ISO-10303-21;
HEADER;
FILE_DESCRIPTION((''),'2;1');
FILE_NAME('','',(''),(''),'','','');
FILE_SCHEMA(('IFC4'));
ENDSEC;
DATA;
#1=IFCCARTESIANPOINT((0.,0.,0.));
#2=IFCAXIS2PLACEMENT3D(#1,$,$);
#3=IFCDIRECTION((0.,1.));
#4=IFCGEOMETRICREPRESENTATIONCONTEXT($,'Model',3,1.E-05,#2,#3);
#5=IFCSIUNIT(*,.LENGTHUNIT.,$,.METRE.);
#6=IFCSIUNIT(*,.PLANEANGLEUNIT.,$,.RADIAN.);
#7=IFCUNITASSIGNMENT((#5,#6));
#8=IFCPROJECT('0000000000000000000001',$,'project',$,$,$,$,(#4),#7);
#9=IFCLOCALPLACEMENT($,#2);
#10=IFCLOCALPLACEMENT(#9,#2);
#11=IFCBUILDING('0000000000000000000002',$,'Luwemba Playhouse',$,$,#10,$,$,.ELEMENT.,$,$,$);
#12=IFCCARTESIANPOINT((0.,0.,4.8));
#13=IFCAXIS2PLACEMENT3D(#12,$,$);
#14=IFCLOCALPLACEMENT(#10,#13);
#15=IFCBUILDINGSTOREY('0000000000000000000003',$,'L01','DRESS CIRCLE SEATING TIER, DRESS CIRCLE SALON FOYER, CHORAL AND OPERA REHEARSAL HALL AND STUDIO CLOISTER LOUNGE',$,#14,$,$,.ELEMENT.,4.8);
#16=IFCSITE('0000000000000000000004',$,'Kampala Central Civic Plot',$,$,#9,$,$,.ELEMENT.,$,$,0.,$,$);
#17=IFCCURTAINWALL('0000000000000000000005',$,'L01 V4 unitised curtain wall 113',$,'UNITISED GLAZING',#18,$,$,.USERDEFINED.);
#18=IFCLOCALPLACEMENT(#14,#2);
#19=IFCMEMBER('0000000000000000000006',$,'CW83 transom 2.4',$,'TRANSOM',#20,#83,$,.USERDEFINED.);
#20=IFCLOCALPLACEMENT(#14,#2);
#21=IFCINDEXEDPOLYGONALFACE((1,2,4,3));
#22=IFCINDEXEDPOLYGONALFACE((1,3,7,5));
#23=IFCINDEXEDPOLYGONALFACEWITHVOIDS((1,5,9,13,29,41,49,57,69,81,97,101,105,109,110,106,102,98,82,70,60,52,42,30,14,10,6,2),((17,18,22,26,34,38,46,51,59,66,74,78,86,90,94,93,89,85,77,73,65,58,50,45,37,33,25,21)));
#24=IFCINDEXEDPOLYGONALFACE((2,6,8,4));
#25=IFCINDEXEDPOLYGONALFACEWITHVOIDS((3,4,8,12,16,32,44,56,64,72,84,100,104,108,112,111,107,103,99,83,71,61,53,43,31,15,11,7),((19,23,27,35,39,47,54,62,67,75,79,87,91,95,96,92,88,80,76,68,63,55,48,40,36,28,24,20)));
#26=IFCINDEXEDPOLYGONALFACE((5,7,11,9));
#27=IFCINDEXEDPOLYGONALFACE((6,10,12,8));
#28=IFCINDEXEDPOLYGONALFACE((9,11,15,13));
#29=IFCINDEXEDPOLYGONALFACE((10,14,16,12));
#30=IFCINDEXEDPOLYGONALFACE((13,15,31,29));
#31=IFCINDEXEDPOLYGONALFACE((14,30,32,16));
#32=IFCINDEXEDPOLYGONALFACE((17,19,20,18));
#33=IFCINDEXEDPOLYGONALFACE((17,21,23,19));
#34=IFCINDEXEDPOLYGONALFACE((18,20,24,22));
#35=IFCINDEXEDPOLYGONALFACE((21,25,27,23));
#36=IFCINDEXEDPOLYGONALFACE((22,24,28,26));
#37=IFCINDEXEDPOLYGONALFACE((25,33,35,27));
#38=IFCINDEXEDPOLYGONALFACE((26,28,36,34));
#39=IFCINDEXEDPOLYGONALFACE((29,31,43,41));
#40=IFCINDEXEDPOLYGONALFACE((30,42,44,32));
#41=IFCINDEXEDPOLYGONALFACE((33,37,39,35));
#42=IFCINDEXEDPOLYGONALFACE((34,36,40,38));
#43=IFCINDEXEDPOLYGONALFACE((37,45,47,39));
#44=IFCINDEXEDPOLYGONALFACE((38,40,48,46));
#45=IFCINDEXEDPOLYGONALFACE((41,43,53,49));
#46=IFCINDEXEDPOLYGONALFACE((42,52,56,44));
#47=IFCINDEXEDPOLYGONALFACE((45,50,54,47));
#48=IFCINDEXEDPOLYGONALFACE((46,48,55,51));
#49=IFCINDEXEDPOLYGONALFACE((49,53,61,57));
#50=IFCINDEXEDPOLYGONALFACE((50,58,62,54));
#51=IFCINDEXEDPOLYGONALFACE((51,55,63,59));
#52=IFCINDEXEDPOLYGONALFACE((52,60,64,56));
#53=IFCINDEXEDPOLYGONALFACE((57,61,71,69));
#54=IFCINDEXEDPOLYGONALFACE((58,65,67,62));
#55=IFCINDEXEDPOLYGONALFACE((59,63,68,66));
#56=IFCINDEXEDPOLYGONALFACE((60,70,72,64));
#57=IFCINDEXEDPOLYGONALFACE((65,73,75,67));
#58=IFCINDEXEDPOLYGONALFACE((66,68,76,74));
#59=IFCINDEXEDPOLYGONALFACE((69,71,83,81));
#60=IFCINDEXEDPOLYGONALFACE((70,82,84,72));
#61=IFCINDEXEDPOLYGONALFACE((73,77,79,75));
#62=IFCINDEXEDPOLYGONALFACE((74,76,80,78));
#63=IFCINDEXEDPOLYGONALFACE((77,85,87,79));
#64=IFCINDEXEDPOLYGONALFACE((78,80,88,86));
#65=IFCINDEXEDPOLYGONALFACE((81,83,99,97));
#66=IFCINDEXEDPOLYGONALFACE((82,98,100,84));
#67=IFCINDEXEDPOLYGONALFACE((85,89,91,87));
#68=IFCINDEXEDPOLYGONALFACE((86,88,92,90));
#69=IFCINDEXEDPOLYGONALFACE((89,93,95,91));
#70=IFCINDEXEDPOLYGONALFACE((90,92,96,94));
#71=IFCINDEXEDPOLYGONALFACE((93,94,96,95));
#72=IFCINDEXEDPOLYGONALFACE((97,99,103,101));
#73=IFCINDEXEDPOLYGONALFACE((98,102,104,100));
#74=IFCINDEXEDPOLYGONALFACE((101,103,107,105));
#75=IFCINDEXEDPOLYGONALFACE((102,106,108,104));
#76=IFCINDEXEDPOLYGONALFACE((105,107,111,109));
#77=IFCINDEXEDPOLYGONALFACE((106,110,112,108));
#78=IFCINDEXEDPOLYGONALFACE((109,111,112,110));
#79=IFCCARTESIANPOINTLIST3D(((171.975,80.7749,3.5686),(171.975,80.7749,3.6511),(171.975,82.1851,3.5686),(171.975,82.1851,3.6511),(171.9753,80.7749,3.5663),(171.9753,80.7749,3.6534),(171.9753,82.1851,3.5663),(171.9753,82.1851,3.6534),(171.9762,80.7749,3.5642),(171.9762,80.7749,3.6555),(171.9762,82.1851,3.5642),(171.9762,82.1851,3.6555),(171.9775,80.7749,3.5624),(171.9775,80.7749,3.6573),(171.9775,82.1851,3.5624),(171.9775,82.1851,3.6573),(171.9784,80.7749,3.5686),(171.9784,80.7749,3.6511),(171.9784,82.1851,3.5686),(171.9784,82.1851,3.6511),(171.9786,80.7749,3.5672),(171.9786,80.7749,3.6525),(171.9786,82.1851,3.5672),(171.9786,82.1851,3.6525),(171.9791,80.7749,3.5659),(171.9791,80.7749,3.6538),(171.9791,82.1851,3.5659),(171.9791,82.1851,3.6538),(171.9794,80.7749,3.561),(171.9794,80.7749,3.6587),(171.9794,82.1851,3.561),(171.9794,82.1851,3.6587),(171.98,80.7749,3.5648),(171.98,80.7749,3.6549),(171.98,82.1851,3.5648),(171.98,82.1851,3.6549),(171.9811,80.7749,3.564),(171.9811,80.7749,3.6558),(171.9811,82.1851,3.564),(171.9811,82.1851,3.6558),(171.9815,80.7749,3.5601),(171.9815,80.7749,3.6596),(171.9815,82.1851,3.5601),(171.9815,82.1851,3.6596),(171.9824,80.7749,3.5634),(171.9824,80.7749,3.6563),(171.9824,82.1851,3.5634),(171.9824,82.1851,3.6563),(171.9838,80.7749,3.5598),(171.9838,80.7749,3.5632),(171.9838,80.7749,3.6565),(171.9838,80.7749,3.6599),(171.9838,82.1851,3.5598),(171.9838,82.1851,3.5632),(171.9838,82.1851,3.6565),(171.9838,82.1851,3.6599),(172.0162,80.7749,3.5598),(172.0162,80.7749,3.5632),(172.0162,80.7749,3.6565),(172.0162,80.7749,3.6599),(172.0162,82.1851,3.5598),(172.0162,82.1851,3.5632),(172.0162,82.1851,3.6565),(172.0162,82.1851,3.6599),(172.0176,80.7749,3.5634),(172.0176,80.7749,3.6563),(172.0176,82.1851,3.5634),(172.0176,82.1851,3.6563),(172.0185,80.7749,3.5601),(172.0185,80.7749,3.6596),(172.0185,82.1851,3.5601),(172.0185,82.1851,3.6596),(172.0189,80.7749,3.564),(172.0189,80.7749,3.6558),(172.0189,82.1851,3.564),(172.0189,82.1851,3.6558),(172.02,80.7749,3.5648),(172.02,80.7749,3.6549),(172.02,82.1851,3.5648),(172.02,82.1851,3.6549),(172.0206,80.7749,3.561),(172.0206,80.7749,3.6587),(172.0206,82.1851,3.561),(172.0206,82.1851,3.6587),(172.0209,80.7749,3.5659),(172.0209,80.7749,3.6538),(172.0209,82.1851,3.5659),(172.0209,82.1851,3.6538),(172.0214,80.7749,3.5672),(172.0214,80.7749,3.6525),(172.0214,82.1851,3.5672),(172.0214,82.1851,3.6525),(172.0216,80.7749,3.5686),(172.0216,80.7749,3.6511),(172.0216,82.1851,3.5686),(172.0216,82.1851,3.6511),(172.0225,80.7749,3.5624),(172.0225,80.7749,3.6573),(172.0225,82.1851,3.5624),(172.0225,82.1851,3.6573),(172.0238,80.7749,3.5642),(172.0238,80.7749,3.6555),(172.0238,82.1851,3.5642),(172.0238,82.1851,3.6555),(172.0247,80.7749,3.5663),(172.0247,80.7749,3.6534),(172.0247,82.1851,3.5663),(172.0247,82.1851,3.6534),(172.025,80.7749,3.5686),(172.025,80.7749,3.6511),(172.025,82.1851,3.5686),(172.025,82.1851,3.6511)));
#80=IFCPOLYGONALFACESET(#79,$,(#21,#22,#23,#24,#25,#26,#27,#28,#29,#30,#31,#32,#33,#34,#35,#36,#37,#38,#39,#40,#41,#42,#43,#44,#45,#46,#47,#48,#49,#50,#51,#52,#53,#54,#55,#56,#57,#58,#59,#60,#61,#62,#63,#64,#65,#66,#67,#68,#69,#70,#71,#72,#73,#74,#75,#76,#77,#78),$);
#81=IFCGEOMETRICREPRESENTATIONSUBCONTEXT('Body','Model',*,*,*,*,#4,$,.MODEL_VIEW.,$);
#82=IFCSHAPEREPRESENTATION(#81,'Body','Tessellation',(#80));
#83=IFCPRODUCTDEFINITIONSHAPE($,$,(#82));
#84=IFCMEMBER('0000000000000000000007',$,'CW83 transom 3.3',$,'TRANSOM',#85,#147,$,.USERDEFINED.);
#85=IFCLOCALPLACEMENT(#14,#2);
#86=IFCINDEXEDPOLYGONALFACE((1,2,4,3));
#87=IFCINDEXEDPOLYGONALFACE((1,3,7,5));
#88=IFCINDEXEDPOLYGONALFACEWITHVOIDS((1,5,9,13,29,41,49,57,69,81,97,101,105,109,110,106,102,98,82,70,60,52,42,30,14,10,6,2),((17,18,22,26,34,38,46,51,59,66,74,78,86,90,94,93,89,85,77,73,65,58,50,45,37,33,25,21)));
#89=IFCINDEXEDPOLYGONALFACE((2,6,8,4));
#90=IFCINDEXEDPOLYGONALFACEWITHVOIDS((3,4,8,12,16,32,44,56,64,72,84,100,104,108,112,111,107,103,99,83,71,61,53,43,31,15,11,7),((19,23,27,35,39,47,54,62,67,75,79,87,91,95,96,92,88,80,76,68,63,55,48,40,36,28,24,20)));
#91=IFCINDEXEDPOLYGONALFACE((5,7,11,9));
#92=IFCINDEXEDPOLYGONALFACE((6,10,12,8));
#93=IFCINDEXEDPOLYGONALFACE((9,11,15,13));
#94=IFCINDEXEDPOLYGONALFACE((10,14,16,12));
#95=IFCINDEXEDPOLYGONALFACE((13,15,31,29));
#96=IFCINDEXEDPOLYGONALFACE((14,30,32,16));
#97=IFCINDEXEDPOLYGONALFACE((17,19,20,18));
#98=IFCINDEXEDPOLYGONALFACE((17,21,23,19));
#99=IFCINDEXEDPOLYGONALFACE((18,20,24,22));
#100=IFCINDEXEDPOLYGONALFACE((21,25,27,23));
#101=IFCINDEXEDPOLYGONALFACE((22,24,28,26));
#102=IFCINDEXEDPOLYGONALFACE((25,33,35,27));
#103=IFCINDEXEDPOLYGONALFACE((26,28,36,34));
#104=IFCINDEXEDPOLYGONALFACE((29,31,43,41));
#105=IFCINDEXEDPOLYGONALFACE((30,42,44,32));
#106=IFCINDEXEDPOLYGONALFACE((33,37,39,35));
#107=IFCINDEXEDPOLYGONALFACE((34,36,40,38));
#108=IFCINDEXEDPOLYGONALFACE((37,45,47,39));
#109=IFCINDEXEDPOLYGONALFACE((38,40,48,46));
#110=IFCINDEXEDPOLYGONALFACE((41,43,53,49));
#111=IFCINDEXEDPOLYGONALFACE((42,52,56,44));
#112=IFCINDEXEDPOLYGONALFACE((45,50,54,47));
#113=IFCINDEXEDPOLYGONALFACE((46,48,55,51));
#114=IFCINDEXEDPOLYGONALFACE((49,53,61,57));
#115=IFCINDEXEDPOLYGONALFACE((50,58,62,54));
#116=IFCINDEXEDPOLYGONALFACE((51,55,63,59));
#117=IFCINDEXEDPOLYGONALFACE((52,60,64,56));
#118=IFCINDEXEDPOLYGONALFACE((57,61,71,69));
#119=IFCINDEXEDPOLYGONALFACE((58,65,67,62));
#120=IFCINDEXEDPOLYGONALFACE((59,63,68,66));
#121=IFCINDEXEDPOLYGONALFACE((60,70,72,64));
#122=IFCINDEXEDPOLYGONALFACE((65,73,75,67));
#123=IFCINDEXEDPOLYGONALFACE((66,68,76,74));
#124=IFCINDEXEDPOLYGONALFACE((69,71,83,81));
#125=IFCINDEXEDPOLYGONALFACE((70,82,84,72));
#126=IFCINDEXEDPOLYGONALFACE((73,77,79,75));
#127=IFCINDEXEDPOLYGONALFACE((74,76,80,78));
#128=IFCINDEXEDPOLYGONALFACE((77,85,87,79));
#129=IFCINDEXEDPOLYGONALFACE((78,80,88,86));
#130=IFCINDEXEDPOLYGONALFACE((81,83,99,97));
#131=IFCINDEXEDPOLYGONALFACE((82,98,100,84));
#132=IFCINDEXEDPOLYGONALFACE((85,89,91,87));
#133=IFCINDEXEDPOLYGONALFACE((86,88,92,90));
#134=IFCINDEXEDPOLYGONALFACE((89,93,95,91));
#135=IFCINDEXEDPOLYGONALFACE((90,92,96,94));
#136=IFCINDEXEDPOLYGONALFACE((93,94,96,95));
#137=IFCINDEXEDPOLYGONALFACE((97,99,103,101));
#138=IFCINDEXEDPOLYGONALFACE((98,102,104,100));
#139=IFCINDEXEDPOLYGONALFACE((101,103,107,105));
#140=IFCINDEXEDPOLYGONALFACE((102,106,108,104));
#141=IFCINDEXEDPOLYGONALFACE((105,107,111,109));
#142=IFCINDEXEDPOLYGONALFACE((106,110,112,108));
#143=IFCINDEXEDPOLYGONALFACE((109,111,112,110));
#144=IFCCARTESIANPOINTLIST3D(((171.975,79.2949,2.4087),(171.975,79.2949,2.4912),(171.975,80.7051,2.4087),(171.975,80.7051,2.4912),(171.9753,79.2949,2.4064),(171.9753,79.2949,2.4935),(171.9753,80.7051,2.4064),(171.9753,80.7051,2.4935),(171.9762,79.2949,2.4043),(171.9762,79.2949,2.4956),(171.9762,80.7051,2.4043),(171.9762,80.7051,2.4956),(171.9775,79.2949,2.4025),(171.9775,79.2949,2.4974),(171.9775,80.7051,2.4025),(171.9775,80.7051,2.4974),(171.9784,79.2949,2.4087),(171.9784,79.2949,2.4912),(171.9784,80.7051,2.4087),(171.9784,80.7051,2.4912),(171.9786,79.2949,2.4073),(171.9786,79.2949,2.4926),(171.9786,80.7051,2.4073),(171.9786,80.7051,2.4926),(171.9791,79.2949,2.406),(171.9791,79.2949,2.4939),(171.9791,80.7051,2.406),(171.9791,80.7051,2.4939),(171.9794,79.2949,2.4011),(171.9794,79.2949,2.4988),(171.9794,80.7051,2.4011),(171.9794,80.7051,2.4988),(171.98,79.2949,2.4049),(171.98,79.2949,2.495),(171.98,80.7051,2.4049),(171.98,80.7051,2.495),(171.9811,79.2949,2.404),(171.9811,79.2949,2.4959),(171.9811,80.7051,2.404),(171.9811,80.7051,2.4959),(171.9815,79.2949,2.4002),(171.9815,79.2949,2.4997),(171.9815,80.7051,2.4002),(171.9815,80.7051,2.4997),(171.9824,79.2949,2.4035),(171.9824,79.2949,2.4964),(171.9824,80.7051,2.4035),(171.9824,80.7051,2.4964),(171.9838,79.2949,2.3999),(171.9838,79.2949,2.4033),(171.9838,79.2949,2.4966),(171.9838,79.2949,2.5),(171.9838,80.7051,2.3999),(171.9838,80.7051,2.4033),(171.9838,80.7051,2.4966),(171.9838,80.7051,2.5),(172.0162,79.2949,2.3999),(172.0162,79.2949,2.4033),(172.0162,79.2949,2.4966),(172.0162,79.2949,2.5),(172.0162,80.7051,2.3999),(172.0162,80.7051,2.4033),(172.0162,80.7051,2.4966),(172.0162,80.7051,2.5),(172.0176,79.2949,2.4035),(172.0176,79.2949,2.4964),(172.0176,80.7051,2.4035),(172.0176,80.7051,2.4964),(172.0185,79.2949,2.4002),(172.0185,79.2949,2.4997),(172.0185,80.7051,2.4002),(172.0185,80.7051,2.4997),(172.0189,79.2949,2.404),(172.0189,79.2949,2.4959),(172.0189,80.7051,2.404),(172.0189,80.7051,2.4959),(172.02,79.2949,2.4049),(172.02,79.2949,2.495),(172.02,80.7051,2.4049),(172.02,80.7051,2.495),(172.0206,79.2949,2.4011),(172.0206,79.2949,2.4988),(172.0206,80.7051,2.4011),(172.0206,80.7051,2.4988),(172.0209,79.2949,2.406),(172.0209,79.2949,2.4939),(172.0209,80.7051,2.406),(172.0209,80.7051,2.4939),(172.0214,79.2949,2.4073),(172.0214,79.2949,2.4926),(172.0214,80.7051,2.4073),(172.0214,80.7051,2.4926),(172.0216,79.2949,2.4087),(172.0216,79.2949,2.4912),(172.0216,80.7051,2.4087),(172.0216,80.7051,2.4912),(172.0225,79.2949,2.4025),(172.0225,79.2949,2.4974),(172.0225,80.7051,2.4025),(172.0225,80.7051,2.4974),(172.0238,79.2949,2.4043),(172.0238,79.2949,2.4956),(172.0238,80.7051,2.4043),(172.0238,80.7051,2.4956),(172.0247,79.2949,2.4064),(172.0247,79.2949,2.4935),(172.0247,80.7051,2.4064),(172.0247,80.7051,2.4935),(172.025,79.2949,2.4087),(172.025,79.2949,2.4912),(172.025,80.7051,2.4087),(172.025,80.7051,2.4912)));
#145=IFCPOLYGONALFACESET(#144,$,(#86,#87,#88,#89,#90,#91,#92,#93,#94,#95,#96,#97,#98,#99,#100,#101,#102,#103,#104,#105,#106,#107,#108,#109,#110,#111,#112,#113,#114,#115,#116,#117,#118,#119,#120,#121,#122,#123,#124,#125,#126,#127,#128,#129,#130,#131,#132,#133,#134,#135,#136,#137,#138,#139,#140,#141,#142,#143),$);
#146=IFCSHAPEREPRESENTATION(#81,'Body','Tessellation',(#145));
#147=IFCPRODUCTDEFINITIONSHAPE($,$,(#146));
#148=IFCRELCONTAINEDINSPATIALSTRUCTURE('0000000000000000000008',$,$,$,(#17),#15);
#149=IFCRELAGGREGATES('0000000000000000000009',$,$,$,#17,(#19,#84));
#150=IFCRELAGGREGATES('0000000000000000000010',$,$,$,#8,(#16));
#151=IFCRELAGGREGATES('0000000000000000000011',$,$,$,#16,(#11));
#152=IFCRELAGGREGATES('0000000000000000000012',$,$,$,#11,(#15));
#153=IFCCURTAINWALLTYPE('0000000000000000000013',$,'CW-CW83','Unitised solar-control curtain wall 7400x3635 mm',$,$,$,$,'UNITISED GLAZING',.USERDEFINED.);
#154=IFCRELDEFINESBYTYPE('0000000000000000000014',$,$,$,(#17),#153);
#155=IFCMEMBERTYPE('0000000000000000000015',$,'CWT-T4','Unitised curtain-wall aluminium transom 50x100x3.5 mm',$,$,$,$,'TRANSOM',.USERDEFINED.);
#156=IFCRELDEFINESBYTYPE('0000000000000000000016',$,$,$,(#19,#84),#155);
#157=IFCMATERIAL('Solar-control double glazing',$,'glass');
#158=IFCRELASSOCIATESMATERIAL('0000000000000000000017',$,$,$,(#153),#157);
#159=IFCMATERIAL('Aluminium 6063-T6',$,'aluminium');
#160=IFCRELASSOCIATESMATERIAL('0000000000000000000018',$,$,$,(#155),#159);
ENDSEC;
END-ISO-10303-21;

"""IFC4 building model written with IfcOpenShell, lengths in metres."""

from ifc_helpers import new_model, si_unit, direction, frame, origin, origin_2d, place, context, subcontext, project, spatial, hollow_rectangle, extrude, material, material_profile, profile_set, type_object, element, aggregate, save


model = new_model("IFC4")

# Units and contexts
model_context = context("Model", 3, precision=1e-05, world=origin(), true_north=direction((0.0, 1.0)))
body_context = subcontext(model_context, "Body", "Model", "MODEL_VIEW")
ifc_project = project(units=[si_unit("LENGTHUNIT", "METRE"), si_unit("PLANEANGLEUNIT", "RADIAN")], contexts=[model_context])

# Site, building, storey
site_placement = place(None, origin())
site = spatial("IfcSite", under=ifc_project, at=site_placement, Name="Kampala Central Civic Plot", CompositionType="ELEMENT", RefElevation=0.0)
building_placement = place(site_placement, origin())
building = spatial("IfcBuilding", under=site, at=building_placement, Name="Luwemba Playhouse", CompositionType="ELEMENT")
storey_placement = place(building_placement, frame((0.0, 0.0, 4.8)))
storey = spatial("IfcBuildingStorey", under=building, at=storey_placement, Name="L01", Description="DRESS CIRCLE SEATING TIER, DRESS CIRCLE SALON FOYER, CHORAL AND OPERA REHEARSAL HALL AND STUDIO CLOISTER LOUNGE", CompositionType="ELEMENT", Elevation=4.8)

# Curtain wall, members
ifc_material_1 = material(Name="Solar-control double glazing", Category="glass")
curtain_wall_type = type_object("IfcCurtainWallType", Name="CW-CW83", Description="Unitised solar-control curtain wall 7400x3635 mm", ElementType="UNITISED GLAZING", PredefinedType="USERDEFINED", material=ifc_material_1)
curtain_wall_placement = place(storey_placement, origin())
curtain_wall = element("IfcCurtainWall", 1, at=curtain_wall_placement, inside=storey, type_object=curtain_wall_type, Name="L01 V4 unitised curtain wall 113", ObjectType="UNITISED GLAZING", PredefinedType="USERDEFINED")
ifc_material_2 = material(Name="Aluminium 6063-T6", Category="aluminium")
ifc_material_profile_1 = material_profile(ifc_material_2, hollow_rectangle(XDim=0.05, YDim=0.1001, WallThickness=0.0034, InnerFilletRadius=0.0054, OuterFilletRadius=0.0088, at=origin_2d()))
ifc_profile_set_1 = profile_set([ifc_material_profile_1], Name="Aluminium 6063-T6")
member_type_1 = type_object("IfcMemberType", Name="CWT-T4", Description="Unitised curtain-wall aluminium transom 50x100x3.5 mm", ElementType="TRANSOM", PredefinedType="USERDEFINED", material=ifc_profile_set_1)
member_1_placement = place(storey_placement, frame((172.0, 82.1851, 3.6099), z_axis=(0.0, -1.0, 0.0), x_axis=(1.0, 0.0, 0.0)))
member_1 = element("IfcMember", 2, at=member_1_placement, type_object=member_type_1, Name="CW83 transom 2.4", ObjectType="TRANSOM", PredefinedType="USERDEFINED", context=body_context, shape_type="SweptSolid", body=[
    extrude(hollow_rectangle(XDim=0.05, YDim=0.1001, WallThickness=0.0034, InnerFilletRadius=0.0054, OuterFilletRadius=0.0088, at=origin_2d()), origin(), (0.0, 0.0, 1.0), 1.4102),
])
member_2_placement = place(storey_placement, frame((172.0, 80.7051, 2.45), z_axis=(0.0, -1.0, 0.0), x_axis=(1.0, 0.0, 0.0)))
member_2 = element("IfcMember", 3, at=member_2_placement, type_object=member_type_1, Name="CW83 transom 3.3", ObjectType="TRANSOM", PredefinedType="USERDEFINED", context=body_context, shape_type="SweptSolid", body=[
    extrude(hollow_rectangle(XDim=0.05, YDim=0.1001, WallThickness=0.0034, InnerFilletRadius=0.0054, OuterFilletRadius=0.0088, at=origin_2d()), origin(), (0.0, 0.0, 1.0), 1.4102),
])
aggregate(curtain_wall, [member_1, member_2])

save(model, "model.ifc")
